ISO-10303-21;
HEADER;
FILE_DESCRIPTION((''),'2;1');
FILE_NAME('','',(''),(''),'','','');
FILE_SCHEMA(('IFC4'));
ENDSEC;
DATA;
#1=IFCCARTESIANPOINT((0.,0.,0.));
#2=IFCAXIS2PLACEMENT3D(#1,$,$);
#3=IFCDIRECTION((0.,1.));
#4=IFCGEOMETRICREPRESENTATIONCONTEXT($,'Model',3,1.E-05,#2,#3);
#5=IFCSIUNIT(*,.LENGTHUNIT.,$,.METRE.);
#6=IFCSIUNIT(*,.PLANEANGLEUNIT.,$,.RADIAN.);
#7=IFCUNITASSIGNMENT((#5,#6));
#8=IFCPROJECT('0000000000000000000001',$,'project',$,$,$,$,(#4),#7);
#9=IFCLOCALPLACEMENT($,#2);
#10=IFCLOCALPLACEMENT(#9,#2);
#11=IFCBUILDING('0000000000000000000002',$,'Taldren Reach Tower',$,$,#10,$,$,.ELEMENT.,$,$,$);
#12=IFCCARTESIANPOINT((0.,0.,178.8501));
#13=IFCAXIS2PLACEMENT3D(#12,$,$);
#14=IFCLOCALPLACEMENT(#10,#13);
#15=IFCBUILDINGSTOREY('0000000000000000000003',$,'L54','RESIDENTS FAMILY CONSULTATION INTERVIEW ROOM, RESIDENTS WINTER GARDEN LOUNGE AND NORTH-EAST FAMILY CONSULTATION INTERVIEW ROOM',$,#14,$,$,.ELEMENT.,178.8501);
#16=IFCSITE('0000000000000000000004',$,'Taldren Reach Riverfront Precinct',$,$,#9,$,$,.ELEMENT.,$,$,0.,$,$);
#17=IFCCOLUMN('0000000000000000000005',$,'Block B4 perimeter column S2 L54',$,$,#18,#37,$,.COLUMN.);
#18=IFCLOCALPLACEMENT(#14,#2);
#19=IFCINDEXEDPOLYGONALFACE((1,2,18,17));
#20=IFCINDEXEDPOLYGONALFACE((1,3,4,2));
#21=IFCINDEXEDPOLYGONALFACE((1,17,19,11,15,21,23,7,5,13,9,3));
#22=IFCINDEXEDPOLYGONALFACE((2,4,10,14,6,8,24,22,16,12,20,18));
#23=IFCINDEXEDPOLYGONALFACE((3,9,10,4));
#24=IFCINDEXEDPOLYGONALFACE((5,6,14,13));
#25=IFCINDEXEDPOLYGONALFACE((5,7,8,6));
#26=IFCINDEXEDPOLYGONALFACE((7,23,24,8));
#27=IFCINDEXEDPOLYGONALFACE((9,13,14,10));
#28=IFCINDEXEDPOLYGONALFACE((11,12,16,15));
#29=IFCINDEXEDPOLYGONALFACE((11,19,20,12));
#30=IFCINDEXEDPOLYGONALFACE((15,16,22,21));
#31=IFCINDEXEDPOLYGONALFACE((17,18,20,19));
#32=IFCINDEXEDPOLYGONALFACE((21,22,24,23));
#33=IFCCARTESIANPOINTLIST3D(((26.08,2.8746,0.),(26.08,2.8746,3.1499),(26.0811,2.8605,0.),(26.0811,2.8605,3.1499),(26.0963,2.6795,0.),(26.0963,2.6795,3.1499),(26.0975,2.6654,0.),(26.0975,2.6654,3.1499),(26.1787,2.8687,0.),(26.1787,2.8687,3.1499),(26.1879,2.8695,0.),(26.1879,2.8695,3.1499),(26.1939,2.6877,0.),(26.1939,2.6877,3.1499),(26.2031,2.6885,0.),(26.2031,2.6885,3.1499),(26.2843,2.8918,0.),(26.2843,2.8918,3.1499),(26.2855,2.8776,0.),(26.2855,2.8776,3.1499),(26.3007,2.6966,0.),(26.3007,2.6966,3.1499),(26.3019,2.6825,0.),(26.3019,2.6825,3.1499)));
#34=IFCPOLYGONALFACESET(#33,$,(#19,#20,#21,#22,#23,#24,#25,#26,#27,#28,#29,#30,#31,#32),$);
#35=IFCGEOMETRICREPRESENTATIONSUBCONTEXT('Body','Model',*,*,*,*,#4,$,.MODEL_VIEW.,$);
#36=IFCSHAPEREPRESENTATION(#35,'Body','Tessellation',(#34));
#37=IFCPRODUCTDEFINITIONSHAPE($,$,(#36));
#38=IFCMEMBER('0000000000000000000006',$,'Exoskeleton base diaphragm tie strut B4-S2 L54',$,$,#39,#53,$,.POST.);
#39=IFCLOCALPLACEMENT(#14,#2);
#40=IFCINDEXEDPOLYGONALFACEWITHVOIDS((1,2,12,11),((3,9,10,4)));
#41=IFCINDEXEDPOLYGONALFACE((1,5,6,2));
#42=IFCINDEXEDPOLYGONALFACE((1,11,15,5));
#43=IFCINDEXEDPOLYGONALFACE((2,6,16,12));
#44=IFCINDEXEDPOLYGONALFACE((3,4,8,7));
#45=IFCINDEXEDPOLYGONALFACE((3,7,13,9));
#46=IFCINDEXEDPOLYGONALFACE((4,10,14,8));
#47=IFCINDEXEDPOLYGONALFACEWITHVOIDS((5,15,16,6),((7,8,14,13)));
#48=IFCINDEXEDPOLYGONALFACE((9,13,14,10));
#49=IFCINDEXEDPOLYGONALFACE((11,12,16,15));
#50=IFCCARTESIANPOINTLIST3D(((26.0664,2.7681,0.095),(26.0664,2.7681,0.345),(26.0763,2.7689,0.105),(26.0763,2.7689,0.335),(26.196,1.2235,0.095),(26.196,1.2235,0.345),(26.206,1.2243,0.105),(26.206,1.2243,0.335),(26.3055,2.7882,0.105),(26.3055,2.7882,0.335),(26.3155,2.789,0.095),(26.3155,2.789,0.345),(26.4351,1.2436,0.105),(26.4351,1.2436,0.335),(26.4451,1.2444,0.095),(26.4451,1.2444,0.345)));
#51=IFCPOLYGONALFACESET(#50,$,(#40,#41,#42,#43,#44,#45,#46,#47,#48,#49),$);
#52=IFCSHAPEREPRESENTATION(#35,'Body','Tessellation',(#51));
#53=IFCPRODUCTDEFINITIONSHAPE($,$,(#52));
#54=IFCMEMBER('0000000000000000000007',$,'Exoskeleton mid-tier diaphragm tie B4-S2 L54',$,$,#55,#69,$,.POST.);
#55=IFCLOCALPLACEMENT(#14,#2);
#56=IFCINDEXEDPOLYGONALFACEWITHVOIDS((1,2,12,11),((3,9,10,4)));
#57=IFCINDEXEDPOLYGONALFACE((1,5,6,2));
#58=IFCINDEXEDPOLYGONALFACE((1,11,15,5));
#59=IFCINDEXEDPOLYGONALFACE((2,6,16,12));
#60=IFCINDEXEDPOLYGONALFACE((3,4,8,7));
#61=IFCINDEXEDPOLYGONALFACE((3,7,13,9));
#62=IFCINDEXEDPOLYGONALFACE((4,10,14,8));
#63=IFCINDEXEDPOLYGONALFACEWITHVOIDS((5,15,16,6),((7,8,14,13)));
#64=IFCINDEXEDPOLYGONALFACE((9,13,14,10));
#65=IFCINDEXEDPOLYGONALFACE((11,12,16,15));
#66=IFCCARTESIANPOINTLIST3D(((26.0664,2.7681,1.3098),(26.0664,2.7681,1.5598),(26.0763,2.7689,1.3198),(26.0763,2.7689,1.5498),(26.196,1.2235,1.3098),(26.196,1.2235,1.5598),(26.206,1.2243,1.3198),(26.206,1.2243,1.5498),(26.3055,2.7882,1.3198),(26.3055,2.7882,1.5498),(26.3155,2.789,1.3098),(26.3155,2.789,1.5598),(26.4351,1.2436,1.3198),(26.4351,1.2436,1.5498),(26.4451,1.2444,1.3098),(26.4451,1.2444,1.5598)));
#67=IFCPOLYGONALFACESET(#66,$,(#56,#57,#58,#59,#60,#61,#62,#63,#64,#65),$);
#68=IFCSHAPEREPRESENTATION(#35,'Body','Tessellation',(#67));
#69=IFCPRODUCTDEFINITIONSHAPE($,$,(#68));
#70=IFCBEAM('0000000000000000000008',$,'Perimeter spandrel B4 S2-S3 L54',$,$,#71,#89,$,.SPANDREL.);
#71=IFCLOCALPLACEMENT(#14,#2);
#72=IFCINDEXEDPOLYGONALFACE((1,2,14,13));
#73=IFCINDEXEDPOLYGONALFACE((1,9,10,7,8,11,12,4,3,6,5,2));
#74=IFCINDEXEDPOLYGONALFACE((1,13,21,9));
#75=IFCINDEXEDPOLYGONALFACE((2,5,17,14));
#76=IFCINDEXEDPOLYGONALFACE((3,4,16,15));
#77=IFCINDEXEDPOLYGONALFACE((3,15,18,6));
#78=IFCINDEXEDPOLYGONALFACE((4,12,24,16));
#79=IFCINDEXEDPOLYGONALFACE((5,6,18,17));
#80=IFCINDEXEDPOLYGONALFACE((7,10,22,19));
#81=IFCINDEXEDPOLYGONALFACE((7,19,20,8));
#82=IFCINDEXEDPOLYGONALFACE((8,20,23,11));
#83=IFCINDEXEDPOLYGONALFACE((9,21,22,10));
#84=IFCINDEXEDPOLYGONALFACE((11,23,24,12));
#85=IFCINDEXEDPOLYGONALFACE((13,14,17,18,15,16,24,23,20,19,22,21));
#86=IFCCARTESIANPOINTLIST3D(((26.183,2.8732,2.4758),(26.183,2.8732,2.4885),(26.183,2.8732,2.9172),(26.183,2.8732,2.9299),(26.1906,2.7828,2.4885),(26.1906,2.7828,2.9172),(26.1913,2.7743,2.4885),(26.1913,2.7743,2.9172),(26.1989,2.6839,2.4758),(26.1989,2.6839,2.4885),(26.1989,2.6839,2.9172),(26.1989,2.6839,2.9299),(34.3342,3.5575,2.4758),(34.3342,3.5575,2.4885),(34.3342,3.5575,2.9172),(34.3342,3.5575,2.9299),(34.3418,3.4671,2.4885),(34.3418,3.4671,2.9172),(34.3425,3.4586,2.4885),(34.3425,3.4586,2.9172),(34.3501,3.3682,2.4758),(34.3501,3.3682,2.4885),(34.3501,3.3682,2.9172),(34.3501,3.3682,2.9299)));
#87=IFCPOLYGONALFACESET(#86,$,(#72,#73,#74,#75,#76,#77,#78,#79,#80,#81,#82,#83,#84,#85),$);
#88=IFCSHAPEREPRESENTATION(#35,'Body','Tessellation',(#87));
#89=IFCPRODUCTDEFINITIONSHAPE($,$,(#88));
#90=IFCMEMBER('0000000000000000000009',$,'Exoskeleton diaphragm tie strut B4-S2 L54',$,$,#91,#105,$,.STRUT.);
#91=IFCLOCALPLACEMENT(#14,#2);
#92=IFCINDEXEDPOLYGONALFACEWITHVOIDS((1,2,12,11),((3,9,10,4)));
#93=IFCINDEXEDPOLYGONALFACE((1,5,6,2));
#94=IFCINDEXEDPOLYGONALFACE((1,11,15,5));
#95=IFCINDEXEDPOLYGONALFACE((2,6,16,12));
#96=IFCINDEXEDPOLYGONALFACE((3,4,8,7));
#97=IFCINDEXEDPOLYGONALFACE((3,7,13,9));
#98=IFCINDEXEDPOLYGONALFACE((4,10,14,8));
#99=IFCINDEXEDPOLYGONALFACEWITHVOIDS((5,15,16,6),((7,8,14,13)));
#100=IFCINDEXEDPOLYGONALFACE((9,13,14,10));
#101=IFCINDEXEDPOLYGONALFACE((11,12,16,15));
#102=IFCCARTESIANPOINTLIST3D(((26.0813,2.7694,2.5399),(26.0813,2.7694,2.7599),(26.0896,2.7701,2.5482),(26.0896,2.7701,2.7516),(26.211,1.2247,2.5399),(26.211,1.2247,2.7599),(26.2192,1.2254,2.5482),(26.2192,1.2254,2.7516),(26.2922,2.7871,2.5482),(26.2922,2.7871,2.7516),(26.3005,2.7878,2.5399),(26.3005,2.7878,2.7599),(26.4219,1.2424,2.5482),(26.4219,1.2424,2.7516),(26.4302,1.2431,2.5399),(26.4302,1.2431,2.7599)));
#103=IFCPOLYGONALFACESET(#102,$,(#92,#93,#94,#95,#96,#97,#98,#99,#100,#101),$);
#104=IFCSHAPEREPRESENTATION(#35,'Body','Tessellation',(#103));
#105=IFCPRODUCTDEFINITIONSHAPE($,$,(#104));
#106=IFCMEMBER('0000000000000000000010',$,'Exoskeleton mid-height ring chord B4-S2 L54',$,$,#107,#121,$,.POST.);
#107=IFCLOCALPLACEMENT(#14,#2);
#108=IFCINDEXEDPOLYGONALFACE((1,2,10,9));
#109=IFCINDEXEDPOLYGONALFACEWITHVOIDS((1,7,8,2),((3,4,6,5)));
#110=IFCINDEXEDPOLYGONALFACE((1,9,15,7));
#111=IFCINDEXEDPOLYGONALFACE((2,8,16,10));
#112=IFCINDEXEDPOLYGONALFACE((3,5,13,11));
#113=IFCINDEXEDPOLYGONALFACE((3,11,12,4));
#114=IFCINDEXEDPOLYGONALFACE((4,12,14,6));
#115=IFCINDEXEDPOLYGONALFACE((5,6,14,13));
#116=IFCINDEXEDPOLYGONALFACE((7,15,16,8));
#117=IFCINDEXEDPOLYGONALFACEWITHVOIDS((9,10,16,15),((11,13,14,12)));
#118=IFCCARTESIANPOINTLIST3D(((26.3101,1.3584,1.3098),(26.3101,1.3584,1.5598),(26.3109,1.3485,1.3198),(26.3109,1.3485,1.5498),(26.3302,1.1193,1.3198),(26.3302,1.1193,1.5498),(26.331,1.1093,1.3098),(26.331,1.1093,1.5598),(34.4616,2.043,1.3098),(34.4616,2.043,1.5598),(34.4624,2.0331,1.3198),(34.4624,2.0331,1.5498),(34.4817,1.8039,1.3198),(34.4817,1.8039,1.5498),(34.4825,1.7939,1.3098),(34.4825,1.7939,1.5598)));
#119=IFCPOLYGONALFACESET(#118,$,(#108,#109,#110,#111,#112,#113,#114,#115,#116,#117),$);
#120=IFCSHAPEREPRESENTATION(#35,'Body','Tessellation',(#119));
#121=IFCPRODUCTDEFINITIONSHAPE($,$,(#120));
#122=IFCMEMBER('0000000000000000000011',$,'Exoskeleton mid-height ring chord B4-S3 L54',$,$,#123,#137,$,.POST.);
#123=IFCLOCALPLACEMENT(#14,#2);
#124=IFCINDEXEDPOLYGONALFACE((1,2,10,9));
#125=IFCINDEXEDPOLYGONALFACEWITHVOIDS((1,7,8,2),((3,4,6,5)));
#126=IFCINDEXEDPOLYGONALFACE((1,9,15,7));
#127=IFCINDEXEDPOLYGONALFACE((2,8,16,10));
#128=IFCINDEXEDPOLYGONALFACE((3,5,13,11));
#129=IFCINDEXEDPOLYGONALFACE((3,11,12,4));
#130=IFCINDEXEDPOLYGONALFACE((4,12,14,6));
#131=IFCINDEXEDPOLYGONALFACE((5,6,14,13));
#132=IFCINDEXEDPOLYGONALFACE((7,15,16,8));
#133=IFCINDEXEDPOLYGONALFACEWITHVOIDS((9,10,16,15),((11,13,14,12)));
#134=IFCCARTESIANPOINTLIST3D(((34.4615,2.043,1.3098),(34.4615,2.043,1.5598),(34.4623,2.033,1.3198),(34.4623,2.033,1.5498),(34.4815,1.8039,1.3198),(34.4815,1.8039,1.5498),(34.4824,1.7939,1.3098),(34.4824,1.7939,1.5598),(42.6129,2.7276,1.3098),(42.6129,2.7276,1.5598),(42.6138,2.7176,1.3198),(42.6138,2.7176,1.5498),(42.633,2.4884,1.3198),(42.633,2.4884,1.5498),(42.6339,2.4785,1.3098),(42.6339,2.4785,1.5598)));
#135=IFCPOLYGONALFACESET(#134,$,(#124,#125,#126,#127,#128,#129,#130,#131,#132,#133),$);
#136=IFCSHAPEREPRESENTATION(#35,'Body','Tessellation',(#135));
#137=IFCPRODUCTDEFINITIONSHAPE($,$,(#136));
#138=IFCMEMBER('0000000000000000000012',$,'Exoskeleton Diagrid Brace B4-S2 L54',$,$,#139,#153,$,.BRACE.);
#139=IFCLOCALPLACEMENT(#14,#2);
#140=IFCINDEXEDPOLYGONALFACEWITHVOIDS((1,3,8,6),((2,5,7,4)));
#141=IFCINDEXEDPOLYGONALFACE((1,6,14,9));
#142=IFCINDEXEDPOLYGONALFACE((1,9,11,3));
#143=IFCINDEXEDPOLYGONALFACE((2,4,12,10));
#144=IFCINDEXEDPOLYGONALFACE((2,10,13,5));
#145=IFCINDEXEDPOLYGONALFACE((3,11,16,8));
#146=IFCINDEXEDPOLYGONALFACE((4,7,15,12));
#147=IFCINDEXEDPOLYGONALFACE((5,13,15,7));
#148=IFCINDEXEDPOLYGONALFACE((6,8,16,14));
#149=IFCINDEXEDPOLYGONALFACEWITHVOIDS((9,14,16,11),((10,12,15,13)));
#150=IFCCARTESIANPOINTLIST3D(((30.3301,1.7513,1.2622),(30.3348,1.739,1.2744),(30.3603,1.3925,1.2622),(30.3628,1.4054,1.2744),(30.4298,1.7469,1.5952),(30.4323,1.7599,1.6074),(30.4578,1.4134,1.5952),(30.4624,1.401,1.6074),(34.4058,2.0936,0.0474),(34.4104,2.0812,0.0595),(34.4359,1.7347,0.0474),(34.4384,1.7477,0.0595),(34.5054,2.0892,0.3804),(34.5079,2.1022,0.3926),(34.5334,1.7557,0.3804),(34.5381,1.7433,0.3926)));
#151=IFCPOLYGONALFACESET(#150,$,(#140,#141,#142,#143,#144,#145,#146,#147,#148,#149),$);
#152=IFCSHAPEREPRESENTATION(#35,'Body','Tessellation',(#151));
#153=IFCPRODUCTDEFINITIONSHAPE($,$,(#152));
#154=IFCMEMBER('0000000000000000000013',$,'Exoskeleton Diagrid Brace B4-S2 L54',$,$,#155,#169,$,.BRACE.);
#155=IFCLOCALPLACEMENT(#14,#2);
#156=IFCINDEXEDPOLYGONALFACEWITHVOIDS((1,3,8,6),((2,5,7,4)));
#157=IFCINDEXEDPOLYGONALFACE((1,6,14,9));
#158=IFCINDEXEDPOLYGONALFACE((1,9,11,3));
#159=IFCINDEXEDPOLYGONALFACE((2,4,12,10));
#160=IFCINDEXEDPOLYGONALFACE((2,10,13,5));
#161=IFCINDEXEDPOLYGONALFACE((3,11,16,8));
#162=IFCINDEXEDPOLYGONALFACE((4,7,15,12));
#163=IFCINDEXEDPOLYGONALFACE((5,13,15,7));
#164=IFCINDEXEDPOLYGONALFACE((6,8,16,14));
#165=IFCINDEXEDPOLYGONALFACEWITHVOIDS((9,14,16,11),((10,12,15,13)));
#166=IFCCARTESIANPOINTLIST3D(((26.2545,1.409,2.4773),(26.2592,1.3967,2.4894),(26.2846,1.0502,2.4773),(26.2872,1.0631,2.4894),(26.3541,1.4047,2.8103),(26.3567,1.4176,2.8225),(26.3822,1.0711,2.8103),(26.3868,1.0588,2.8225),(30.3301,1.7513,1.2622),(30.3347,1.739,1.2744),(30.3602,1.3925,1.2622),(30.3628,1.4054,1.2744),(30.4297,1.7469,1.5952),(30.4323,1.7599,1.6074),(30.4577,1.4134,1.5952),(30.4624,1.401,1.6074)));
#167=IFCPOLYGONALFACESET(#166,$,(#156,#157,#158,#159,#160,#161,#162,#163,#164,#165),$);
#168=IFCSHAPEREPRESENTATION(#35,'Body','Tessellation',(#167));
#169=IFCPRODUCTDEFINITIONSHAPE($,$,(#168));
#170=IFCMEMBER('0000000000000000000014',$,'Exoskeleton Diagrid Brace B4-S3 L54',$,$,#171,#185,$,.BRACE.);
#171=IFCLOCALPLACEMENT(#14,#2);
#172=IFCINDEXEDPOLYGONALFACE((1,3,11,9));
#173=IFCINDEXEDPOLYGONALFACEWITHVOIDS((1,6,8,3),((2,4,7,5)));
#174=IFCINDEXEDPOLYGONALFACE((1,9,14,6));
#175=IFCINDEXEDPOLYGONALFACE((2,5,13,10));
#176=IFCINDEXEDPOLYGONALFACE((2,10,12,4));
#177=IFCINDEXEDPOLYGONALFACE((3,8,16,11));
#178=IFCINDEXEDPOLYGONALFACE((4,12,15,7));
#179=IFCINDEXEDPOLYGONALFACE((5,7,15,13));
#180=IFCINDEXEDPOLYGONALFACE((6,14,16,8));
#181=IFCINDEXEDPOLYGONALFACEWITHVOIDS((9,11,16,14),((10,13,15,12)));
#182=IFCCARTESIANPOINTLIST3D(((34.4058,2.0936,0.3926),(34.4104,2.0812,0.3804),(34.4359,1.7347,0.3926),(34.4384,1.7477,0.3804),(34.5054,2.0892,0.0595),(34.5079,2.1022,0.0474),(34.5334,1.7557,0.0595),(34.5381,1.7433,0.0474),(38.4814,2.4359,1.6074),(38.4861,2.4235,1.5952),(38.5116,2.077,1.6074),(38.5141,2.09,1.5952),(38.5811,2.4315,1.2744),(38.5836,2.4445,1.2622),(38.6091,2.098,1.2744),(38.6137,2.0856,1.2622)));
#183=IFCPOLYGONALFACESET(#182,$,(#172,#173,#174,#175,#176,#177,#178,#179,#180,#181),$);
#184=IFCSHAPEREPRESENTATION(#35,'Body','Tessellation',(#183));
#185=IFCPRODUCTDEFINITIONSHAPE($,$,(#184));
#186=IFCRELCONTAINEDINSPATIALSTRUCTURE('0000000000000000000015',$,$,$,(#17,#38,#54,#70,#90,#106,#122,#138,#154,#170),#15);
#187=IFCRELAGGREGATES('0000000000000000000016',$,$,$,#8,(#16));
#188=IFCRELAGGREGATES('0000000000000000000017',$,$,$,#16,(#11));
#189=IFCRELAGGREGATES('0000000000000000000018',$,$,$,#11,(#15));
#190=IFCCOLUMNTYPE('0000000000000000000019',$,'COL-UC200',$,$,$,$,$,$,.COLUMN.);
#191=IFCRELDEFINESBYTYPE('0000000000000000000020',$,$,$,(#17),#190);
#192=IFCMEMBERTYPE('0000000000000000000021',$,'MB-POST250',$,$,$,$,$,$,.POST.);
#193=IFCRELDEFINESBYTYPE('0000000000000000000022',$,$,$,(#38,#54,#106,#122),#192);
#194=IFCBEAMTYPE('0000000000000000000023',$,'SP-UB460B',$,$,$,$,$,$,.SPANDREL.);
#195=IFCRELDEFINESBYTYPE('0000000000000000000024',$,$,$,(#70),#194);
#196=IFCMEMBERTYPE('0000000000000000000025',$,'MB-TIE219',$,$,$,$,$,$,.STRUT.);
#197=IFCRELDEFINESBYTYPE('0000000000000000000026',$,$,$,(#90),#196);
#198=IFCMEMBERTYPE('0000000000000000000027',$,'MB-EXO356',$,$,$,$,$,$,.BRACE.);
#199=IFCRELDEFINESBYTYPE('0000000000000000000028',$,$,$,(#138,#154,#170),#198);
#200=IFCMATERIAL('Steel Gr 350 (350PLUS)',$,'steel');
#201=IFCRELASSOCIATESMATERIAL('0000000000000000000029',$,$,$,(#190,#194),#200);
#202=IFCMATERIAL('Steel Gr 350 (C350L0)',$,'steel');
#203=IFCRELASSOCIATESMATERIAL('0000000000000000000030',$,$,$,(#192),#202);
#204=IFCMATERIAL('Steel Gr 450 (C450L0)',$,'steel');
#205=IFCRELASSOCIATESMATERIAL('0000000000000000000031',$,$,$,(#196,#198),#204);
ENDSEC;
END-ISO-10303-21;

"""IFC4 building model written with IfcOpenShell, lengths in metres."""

from ifc_helpers import new_model, si_unit, direction, frame, origin, origin_2d, place, context, subcontext, project, spatial, hollow_rectangle, i_section, extrude, source, transform, mapped, material, material_profile, profile_set, type_object, element, save


model = new_model("IFC4")

# Units and contexts
model_context = context("Model", 3, precision=1e-05, world=origin(), true_north=direction((0.0, 1.0)))
body_context = subcontext(model_context, "Body", "Model", "MODEL_VIEW")
ifc_project = project(units=[si_unit("LENGTHUNIT", "METRE"), si_unit("PLANEANGLEUNIT", "RADIAN")], contexts=[model_context])

# Site, building, storey
site_placement = place(None, origin())
site = spatial("IfcSite", under=ifc_project, at=site_placement, Name="Taldren Reach Riverfront Precinct", CompositionType="ELEMENT", RefElevation=0.0)
building_placement = place(site_placement, origin())
building = spatial("IfcBuilding", under=site, at=building_placement, Name="Taldren Reach Tower", CompositionType="ELEMENT")
storey_placement = place(building_placement, frame((0.0, 0.0, 178.8501)))
storey = spatial("IfcBuildingStorey", under=building, at=storey_placement, Name="L54", Description="RESIDENTS FAMILY CONSULTATION INTERVIEW ROOM, RESIDENTS WINTER GARDEN LOUNGE AND NORTH-EAST FAMILY CONSULTATION INTERVIEW ROOM", CompositionType="ELEMENT", Elevation=178.8501)

# Column
ifc_material_1 = material(Name="Steel Gr 350 (350PLUS)", Category="steel")
ifc_material_profile_1 = material_profile(ifc_material_1, i_section(OverallWidth=0.2051, OverallDepth=0.21, WebThickness=0.0093, FlangeThickness=0.0142, at=origin_2d()), Name="200UC59.5")
ifc_profile_set_1 = profile_set([ifc_material_profile_1], Name="Steel Gr 350 (350PLUS)")
column_type = type_object("IfcColumnType", Name="COL-UC200", PredefinedType="COLUMN", material=ifc_profile_set_1)
shared_shape_1 = source(origin(), body_context, "Body", "SweptSolid", [
    extrude(i_section(OverallWidth=0.2051, OverallDepth=0.21, WebThickness=0.0093, FlangeThickness=0.0142, at=origin_2d()), origin(), (0.0, 0.0, 1.0), 3.1499),
])
column_placement = place(storey_placement, frame((26.1909, 2.7786, 0.0), z_axis=(0.0, 0.0, 1.0), x_axis=(0.996493, 0.083678, 0.0)))
element("IfcColumn", 1, at=column_placement, inside=storey, type_object=column_type, Name="Block B4 perimeter column S2 L54", PredefinedType="COLUMN", context=body_context, shape_type="MappedRepresentation", body=[
    mapped(shared_shape_1, transform((0.0, 0.0, 0.0), scale=1.0)),
])

# Members
ifc_material_2 = material(Name="Steel Gr 350 (C350L0)", Category="steel")
ifc_material_profile_2 = material_profile(ifc_material_2, hollow_rectangle(XDim=0.25, YDim=0.25, WallThickness=0.01, at=origin_2d()), Name="250x250x10.0SHS")
ifc_profile_set_2 = profile_set([ifc_material_profile_2], Name="Steel Gr 350 (C350L0)")
member_type_1 = type_object("IfcMemberType", Name="MB-POST250", PredefinedType="POST", material=ifc_profile_set_2)
shared_shape_2 = source(origin(), body_context, "Body", "SweptSolid", [
    extrude(hollow_rectangle(XDim=0.25, YDim=0.25, WallThickness=0.01, at=origin_2d()), origin(), (0.0, 0.0, 1.0), 1.55),
])
for number, where, z_axis, x_axis, name in (
    (2, (26.1909, 2.7786, 0.22), (0.083632, -0.996497, 0.0), (0.996497, 0.083632, 0.0), "Exoskeleton base diaphragm tie strut B4-S2 L54"),
    (3, (26.1909, 2.7786, 1.4348), (0.083632, -0.996497, 0.0), (0.996497, 0.083632, 0.0), "Exoskeleton mid-tier diaphragm tie B4-S2 L54"),
):
    element("IfcMember", number, at=place(storey_placement, frame(where, z_axis=z_axis, x_axis=x_axis)), inside=storey, type_object=member_type_1, Name=name, PredefinedType="POST", context=body_context, shape_type="MappedRepresentation", body=[
        mapped(shared_shape_2, transform((0.0, 0.0, 0.0), scale=1.0)),
    ])

# Beam
ifc_material_profile_3 = material_profile(ifc_material_1, i_section(OverallWidth=0.1899, OverallDepth=0.4541, WebThickness=0.0085, FlangeThickness=0.0127, at=origin_2d()), Name="460UB67.1")
ifc_profile_set_3 = profile_set([ifc_material_profile_3], Name="Steel Gr 350 (350PLUS)")
beam_type = type_object("IfcBeamType", Name="SP-UB460B", PredefinedType="SPANDREL", material=ifc_profile_set_3)
shared_shape_3 = source(origin(), body_context, "Body", "SweptSolid", [
    extrude(i_section(OverallWidth=0.1899, OverallDepth=0.4541, WebThickness=0.0085, FlangeThickness=0.0127, at=origin_2d()), origin(), (0.0, 0.0, 1.0), 8.1799),
])
beam_placement = place(storey_placement, frame((26.1909, 2.7786, 2.7029), z_axis=(0.996495, 0.083658, 0.0), x_axis=(-0.083658, 0.996495, 0.0)))
element("IfcBeam", 4, at=beam_placement, inside=storey, type_object=beam_type, Name="Perimeter spandrel B4 S2-S3 L54", PredefinedType="SPANDREL", context=body_context, shape_type="MappedRepresentation", body=[
    mapped(shared_shape_3, transform((0.0, 0.0, 0.0), scale=1.0)),
])

# Members
ifc_material_3 = material(Name="Steel Gr 450 (C450L0)", Category="steel")
ifc_material_profile_4 = material_profile(ifc_material_3, hollow_rectangle(XDim=0.22, YDim=0.22, WallThickness=0.0083, at=origin_2d()), Name="220x220x8.2SHS")
ifc_profile_set_4 = profile_set([ifc_material_profile_4], Name="Steel Gr 450 (C450L0)")
member_type_2 = type_object("IfcMemberType", Name="MB-TIE219", PredefinedType="STRUT", material=ifc_profile_set_4)
shared_shape_4 = source(origin(), body_context, "Body", "SweptSolid", [
    extrude(hollow_rectangle(XDim=0.22, YDim=0.22, WallThickness=0.0083, at=origin_2d()), origin(), (0.0, 0.0, 1.0), 1.55),
])
member_1_placement = place(storey_placement, frame((26.1909, 2.7786, 2.6499), z_axis=(0.083632, -0.996497, 0.0), x_axis=(0.996497, 0.083632, 0.0)))
element("IfcMember", 5, at=member_1_placement, inside=storey, type_object=member_type_2, Name="Exoskeleton diaphragm tie strut B4-S2 L54", PredefinedType="STRUT", context=body_context, shape_type="MappedRepresentation", body=[
    mapped(shared_shape_4, transform((0.0, 0.0, 0.0), scale=1.0)),
])
shared_shape_5 = source(origin(), body_context, "Body", "SweptSolid", [
    extrude(hollow_rectangle(XDim=0.25, YDim=0.25, WallThickness=0.01, at=origin_2d()), origin(), (0.0, 0.0, 1.0), 8.1802),
])
for number, where, z_axis, x_axis, name in (
    (6, (26.3206, 1.2339, 1.4348), (0.996492, 0.083688, 0.0), (-0.083688, 0.996492, 0.0), "Exoskeleton mid-height ring chord B4-S2 L54"),
    (7, (34.4719, 1.9185, 1.4348), (0.996492, 0.083688, 0.0), (-0.083688, 0.996492, 0.0), "Exoskeleton mid-height ring chord B4-S3 L54"),
):
    element("IfcMember", number, at=place(storey_placement, frame(where, z_axis=z_axis, x_axis=x_axis)), inside=storey, type_object=member_type_1, Name=name, PredefinedType="POST", context=body_context, shape_type="MappedRepresentation", body=[
        mapped(shared_shape_5, transform((0.0, 0.0, 0.0), scale=1.0)),
    ])
ifc_material_profile_5 = material_profile(ifc_material_3, hollow_rectangle(XDim=0.3601, YDim=0.3601, WallThickness=0.0127, at=origin_2d()), Name="360x360x12.7SHS")
ifc_profile_set_5 = profile_set([ifc_material_profile_5], Name="Steel Gr 450 (C450L0)")
member_type_3 = type_object("IfcMemberType", Name="MB-EXO356", PredefinedType="BRACE", material=ifc_profile_set_5)
shared_shape_6 = source(origin(), body_context, "Body", "SweptSolid", [
    extrude(hollow_rectangle(XDim=0.3601, YDim=0.3601, WallThickness=0.0127, at=origin_2d()), origin(), (0.0, 0.0, 1.0), 4.2666),
])
for number, where, z_axis, x_axis, name in (
    (8, (34.4719, 1.9185, 0.22), (-0.955245, -0.080224, 0.284731), (0.083688, -0.996492, 0.0), "Exoskeleton Diagrid Brace B4-S2 L54"),
    (9, (30.3962, 1.5762, 1.4348), (-0.955229, -0.080222, 0.284783), (0.083688, -0.996492, 0.0), "Exoskeleton Diagrid Brace B4-S2 L54"),
    (10, (34.4719, 1.9185, 0.22), (0.955245, 0.080224, 0.284731), (-0.083688, 0.996492, 0.0), "Exoskeleton Diagrid Brace B4-S3 L54"),
):
    element("IfcMember", number, at=place(storey_placement, frame(where, z_axis=z_axis, x_axis=x_axis)), inside=storey, type_object=member_type_3, Name=name, PredefinedType="BRACE", context=body_context, shape_type="MappedRepresentation", body=[
        mapped(shared_shape_6, transform((0.0, 0.0, 0.0), scale=1.0)),
    ])

save(model, "model.ifc")
